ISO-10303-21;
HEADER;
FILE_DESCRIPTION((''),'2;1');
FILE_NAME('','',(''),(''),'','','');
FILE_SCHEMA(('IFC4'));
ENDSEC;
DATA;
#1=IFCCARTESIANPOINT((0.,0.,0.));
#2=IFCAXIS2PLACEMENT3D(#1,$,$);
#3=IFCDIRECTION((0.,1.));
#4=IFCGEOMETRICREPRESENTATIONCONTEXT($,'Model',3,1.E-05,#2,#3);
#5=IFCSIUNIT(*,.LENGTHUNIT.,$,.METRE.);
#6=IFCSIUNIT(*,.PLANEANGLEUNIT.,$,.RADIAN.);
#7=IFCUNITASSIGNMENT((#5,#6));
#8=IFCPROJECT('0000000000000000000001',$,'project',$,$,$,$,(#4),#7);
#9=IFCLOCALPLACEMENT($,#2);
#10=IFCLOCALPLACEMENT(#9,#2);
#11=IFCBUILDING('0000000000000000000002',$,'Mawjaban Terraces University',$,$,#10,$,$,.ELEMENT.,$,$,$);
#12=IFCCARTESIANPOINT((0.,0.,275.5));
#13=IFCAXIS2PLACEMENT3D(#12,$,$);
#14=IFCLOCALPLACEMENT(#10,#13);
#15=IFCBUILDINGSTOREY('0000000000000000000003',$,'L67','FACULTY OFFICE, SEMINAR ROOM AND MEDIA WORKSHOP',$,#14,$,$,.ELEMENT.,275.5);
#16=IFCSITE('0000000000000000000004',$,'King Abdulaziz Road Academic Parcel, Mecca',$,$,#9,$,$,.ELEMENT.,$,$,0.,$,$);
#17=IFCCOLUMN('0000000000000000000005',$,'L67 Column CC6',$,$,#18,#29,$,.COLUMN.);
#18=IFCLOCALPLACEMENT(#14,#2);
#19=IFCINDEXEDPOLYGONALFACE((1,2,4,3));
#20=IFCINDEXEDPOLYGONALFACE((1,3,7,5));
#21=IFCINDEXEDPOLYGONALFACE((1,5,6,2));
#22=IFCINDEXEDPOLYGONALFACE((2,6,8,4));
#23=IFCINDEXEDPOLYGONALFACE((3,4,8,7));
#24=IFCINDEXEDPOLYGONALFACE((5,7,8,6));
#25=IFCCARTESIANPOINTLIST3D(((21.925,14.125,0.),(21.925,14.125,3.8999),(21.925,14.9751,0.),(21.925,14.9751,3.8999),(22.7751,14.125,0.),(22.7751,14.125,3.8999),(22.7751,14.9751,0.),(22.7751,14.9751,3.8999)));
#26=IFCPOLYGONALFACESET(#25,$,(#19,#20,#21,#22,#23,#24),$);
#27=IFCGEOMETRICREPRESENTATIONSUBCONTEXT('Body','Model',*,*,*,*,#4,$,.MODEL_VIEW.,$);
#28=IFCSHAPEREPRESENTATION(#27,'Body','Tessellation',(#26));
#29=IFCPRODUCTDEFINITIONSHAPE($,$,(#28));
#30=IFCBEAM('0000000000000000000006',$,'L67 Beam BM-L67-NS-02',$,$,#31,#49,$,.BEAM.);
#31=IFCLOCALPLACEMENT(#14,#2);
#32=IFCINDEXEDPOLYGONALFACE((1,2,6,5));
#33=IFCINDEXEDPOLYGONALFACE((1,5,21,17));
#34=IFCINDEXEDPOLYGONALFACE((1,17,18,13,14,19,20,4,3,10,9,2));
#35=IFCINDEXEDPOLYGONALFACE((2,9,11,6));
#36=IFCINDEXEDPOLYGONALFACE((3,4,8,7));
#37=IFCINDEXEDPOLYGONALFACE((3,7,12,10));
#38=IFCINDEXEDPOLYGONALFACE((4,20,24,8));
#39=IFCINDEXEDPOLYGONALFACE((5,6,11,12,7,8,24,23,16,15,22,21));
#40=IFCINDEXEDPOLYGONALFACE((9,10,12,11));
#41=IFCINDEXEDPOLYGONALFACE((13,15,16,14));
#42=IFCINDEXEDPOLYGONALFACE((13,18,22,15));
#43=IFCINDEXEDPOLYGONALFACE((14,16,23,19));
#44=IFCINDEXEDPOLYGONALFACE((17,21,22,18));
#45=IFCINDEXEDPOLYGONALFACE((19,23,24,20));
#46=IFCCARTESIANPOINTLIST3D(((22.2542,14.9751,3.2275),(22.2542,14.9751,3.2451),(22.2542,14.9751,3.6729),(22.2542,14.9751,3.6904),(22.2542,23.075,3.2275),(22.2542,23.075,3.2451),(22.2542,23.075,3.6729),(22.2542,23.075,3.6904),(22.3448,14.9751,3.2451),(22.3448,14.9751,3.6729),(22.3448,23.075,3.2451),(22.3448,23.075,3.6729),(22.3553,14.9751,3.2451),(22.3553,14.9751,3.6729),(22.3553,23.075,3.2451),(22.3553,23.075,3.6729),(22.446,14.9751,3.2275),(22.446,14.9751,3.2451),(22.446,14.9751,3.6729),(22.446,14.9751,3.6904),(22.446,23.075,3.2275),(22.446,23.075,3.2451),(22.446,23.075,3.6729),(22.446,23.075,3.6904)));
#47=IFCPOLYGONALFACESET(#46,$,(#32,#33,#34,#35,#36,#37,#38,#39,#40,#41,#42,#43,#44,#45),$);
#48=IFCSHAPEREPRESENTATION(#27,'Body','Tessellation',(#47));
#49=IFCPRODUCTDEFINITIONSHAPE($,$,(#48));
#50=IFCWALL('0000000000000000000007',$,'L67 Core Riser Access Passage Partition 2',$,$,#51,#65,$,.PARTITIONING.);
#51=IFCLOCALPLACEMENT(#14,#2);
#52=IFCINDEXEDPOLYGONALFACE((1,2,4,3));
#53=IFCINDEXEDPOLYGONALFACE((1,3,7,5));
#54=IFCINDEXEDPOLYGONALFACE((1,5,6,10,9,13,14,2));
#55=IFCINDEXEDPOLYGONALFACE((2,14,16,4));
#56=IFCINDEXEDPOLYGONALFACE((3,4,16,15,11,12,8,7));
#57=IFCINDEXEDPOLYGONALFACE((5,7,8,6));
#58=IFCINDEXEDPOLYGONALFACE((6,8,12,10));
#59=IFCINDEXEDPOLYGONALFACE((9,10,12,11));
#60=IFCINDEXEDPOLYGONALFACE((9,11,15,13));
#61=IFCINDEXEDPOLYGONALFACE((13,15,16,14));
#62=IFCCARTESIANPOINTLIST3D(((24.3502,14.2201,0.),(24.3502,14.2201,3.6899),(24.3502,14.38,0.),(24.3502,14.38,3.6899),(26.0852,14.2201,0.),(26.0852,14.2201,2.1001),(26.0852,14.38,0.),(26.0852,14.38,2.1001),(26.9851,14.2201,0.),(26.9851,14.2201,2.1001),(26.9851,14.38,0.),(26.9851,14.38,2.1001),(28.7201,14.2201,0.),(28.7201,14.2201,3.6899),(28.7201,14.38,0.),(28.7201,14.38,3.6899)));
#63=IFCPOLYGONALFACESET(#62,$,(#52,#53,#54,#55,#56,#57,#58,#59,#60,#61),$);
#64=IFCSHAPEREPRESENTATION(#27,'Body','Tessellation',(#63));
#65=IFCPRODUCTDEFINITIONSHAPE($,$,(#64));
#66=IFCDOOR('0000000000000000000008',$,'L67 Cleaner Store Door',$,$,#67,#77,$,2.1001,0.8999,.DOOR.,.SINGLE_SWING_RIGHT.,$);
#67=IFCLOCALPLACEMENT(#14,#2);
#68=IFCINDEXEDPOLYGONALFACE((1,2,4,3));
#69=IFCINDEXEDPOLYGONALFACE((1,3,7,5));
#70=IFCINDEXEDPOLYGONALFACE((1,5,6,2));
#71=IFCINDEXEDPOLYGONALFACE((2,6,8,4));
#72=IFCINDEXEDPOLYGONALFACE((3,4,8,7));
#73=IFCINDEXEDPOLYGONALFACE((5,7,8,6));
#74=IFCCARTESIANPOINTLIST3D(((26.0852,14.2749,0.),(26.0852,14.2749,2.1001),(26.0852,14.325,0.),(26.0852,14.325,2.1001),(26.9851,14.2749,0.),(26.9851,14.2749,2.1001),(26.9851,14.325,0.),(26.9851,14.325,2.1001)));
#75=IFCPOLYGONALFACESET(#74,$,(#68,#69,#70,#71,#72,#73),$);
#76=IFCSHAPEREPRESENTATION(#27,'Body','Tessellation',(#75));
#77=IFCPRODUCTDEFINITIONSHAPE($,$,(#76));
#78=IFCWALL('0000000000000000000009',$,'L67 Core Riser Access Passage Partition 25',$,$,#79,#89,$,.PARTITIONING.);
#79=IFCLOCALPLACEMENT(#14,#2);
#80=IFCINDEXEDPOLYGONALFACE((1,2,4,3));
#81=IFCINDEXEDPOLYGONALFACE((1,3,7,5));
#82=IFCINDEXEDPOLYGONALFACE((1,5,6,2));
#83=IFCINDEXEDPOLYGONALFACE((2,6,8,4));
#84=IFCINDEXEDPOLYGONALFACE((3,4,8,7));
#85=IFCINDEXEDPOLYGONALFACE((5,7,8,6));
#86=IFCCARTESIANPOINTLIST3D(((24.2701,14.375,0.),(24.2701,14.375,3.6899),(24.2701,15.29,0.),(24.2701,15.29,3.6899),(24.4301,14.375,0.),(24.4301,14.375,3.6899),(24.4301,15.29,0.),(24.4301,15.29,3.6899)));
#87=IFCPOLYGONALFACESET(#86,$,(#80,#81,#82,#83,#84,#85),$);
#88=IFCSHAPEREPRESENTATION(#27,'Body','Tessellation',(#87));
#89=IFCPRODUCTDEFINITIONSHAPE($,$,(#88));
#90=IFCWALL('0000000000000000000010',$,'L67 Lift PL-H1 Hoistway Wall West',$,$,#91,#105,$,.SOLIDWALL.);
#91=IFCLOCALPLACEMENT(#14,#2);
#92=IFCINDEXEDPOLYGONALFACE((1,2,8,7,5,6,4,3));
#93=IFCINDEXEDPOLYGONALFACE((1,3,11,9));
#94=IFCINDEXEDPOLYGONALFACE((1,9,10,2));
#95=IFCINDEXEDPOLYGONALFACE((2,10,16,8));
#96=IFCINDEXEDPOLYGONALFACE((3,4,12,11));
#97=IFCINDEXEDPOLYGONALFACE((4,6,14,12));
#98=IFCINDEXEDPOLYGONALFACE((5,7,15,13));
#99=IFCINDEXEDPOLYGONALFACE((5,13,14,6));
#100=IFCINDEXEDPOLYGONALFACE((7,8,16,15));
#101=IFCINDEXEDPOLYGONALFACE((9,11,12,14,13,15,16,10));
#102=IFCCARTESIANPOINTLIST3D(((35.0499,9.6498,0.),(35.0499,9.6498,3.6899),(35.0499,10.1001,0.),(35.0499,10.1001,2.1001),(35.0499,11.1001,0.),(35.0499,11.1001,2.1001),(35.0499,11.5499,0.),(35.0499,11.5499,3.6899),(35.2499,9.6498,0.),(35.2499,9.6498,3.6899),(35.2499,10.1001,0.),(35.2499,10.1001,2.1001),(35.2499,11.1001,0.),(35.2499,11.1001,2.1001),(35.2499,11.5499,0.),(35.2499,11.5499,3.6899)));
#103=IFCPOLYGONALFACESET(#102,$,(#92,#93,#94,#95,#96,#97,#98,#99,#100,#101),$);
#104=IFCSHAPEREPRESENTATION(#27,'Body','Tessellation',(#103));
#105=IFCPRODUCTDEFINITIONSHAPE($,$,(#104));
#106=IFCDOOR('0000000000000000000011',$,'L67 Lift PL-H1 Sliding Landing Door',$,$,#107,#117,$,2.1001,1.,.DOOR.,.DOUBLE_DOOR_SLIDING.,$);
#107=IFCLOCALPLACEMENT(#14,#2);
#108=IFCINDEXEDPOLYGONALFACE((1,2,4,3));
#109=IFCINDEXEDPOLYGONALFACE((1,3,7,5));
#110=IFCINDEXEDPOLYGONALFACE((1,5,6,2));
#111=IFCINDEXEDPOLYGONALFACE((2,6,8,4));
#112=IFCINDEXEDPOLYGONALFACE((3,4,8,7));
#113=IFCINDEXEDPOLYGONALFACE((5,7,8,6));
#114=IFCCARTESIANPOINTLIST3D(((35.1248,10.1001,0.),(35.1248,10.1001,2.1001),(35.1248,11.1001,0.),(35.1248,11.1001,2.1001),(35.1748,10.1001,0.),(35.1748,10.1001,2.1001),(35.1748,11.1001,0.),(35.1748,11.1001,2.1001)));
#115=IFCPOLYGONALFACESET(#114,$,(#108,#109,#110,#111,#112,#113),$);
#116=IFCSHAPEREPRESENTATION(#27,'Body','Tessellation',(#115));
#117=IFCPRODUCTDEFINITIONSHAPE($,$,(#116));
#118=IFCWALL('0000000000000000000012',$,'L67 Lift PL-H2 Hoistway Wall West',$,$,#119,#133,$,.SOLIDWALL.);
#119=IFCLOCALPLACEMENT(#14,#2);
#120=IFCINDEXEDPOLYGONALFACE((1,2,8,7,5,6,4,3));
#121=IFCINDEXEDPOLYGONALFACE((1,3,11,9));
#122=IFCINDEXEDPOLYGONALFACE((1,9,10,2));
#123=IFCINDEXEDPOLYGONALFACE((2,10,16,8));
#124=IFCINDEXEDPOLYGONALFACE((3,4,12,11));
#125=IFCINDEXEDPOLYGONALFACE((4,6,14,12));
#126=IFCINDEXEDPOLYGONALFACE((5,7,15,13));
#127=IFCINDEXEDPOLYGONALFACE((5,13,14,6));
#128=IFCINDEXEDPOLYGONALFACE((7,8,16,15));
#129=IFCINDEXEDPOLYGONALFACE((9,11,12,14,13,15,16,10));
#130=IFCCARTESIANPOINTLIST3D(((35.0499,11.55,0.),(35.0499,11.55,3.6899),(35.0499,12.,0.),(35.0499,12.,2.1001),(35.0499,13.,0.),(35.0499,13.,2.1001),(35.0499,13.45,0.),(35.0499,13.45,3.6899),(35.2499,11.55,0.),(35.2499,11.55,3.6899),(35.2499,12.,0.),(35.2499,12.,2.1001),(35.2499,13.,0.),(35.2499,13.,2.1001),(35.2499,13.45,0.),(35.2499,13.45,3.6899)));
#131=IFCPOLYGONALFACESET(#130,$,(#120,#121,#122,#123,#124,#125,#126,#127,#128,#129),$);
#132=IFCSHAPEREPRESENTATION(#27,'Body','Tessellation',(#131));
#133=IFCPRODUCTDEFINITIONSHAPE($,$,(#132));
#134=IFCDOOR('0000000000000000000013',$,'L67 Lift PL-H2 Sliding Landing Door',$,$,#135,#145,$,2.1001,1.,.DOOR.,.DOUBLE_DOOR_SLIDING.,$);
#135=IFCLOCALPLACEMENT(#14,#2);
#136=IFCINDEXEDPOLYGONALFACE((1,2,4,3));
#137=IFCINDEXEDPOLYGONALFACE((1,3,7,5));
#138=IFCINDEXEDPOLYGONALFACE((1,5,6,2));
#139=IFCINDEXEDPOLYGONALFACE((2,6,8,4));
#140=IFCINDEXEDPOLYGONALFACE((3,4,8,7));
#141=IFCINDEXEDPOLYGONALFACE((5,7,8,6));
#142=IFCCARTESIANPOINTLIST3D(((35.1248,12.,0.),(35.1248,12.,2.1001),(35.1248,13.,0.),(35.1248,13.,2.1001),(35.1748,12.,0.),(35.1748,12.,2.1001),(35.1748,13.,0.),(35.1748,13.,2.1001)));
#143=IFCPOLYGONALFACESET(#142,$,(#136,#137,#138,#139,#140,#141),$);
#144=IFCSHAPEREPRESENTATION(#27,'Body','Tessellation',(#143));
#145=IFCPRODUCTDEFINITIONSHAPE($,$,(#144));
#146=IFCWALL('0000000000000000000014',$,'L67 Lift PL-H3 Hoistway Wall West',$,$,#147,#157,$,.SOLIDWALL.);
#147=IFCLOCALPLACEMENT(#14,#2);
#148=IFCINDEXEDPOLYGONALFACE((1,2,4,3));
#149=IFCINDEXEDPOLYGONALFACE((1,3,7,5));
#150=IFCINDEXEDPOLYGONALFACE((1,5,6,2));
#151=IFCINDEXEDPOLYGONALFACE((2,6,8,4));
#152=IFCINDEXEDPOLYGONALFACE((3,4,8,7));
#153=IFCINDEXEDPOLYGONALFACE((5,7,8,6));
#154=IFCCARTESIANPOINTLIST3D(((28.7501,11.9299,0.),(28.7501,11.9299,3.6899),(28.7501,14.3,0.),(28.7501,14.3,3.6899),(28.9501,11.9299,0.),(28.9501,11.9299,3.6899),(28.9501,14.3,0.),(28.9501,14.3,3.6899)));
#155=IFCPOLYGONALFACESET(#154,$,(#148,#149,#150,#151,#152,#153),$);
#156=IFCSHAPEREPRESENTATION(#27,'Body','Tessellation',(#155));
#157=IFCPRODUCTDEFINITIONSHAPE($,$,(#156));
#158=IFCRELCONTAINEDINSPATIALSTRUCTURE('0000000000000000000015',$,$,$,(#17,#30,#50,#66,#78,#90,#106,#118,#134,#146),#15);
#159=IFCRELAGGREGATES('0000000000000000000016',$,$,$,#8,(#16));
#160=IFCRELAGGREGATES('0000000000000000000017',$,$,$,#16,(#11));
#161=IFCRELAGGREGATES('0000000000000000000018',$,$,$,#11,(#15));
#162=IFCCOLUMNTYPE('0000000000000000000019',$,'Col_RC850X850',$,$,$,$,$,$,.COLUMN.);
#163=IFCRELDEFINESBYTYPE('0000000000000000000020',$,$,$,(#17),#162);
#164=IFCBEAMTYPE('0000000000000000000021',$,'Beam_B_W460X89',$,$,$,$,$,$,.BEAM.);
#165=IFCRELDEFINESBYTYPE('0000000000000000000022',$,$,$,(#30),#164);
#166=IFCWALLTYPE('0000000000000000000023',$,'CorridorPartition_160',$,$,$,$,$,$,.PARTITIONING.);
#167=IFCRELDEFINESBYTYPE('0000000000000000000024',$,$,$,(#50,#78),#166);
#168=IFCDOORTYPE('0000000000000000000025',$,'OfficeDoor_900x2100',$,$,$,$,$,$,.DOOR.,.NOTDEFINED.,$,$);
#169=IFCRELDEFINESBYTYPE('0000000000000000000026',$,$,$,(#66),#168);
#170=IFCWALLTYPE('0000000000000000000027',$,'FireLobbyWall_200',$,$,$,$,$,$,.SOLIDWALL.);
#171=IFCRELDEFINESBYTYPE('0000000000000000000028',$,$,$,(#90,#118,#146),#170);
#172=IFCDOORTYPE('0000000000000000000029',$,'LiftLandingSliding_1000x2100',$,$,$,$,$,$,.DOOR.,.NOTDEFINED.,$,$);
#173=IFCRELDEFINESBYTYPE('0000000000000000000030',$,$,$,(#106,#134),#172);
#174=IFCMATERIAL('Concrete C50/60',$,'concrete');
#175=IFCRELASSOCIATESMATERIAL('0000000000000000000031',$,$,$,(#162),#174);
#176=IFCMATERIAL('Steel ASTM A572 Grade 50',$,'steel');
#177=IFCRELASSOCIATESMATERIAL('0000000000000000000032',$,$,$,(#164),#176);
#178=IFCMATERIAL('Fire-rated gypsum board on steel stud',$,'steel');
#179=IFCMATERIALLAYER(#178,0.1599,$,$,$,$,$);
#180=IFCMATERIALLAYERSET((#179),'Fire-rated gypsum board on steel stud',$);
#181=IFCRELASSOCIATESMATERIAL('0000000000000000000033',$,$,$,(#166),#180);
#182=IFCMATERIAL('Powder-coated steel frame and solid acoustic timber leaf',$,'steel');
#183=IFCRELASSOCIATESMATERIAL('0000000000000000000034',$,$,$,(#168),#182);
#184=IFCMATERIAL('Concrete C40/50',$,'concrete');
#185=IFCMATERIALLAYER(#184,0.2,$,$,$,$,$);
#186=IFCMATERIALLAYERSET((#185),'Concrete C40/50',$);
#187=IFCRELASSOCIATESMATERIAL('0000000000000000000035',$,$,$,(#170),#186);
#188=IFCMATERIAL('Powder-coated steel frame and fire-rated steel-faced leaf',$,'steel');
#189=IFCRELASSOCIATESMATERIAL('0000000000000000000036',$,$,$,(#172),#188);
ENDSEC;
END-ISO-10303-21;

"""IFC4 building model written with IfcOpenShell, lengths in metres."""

from ifc_helpers import new_model, si_unit, direction, frame, frame_2d, origin, origin_2d, place, context, subcontext, project, spatial, rectangle, i_section, extrude, material, layer, layer_set, material_profile, profile_set, type_object, element, fill, save


model = new_model("IFC4")

# Units and contexts
model_context = context("Model", 3, precision=1e-05, world=origin(), true_north=direction((0.0, 1.0)))
body_context = subcontext(model_context, "Body", "Model", "MODEL_VIEW")
ifc_project = project(units=[si_unit("LENGTHUNIT", "METRE"), si_unit("PLANEANGLEUNIT", "RADIAN")], contexts=[model_context])

# Site, building, storey
site_placement = place(None, origin())
site = spatial("IfcSite", under=ifc_project, at=site_placement, Name="King Abdulaziz Road Academic Parcel, Mecca", CompositionType="ELEMENT", RefElevation=0.0)
building_placement = place(site_placement, origin())
building = spatial("IfcBuilding", under=site, at=building_placement, Name="Mawjaban Terraces University", CompositionType="ELEMENT")
storey_placement = place(building_placement, frame((0.0, 0.0, 275.5)))
storey = spatial("IfcBuildingStorey", under=building, at=storey_placement, Name="L67", Description="FACULTY OFFICE, SEMINAR ROOM AND MEDIA WORKSHOP", CompositionType="ELEMENT", Elevation=275.5)

# Column
ifc_material_1 = material(Name="Concrete C50/60", Category="concrete")
ifc_material_profile_1 = material_profile(ifc_material_1, rectangle(XDim=0.8501, YDim=0.8501, at=origin_2d()), Name="RC850X850")
ifc_profile_set_1 = profile_set([ifc_material_profile_1], Name="Concrete C50/60")
column_type = type_object("IfcColumnType", Name="Col_RC850X850", PredefinedType="COLUMN", material=ifc_profile_set_1)
column_placement = place(storey_placement, frame((22.3501, 14.55, 0.0), z_axis=(0.0, 0.0, 1.0), x_axis=(1.0, 0.0, 0.0)))
element("IfcColumn", 1, at=column_placement, inside=storey, type_object=column_type, Name="L67 Column CC6", PredefinedType="COLUMN", context=body_context, shape_type="SweptSolid", body=[
    extrude(rectangle(XDim=0.8501, YDim=0.8501, at=origin_2d()), origin(), (0.0, 0.0, 1.0), 3.8999),
])

# Beam
ifc_material_2 = material(Name="Steel ASTM A572 Grade 50", Category="steel")
ifc_material_profile_2 = material_profile(ifc_material_2, i_section(OverallWidth=0.1919, OverallDepth=0.4629, WebThickness=0.0105, FlangeThickness=0.0176, at=origin_2d()), Name="W460X89")
ifc_profile_set_2 = profile_set([ifc_material_profile_2], Name="Steel ASTM A572 Grade 50")
beam_type = type_object("IfcBeamType", Name="Beam_B_W460X89", PredefinedType="BEAM", material=ifc_profile_set_2)
beam_placement = place(storey_placement, frame((22.3501, 14.9751, 3.459), z_axis=(0.0, 1.0, 0.0), x_axis=(-1.0, 0.0, 0.0)))
element("IfcBeam", 2, at=beam_placement, inside=storey, type_object=beam_type, Name="L67 Beam BM-L67-NS-02", PredefinedType="BEAM", context=body_context, shape_type="SweptSolid", body=[
    extrude(i_section(OverallWidth=0.1919, OverallDepth=0.4629, WebThickness=0.0105, FlangeThickness=0.0176, at=origin_2d()), origin(), (0.0, 0.0, 1.0), 8.0999),
])

# Wall, opening, door
ifc_material_3 = material(Name="Fire-rated gypsum board on steel stud", Category="steel")
ifc_layer_1 = layer(ifc_material_3, 0.1599)
ifc_layer_set_1 = layer_set([ifc_layer_1], Name="Fire-rated gypsum board on steel stud")
wall_type_1 = type_object("IfcWallType", Name="CorridorPartition_160", PredefinedType="PARTITIONING", material=ifc_layer_set_1)
wall_1_placement = place(storey_placement, frame((24.3501, 14.3, 0.0), z_axis=(0.0, 0.0, 1.0), x_axis=(1.0, 0.0, 0.0)))
wall_1 = element("IfcWall", 3, at=wall_1_placement, inside=storey, type_object=wall_type_1, Name="L67 Core Riser Access Passage Partition 2", PredefinedType="PARTITIONING", context=body_context, shape_type="SweptSolid", body=[
    extrude(rectangle(XDim=4.3699, YDim=0.1599, at=frame_2d((2.1851, 0.0))), origin(), (0.0, 0.0, 1.0), 3.6899),
])
opening_1_placement = place(wall_1_placement, frame((1.7351, 0.0, 0.0)))
opening_1 = element("IfcOpeningElement", 4, at=opening_1_placement, cuts=wall_1, PredefinedType="OPENING", context=body_context, shape_type="SweptSolid", body=[
    extrude(rectangle(XDim=0.8999, YDim=2.1001, at=frame_2d((0.45, 1.05))), frame((0.0, 0.0898, 0.0), z_axis=(0.0, -1.0, 0.0), x_axis=(1.0, 0.0, 0.0)), (0.0, 0.0, 1.0), 0.1799),
])
ifc_material_4 = material(Name="Powder-coated steel frame and solid acoustic timber leaf", Category="steel")
door_type_1 = type_object("IfcDoorType", Name="OfficeDoor_900x2100", OperationType="NOTDEFINED", PredefinedType="DOOR", material=ifc_material_4)
door_1_placement = place(opening_1_placement, origin())
door_1 = element("IfcDoor", 5, at=door_1_placement, inside=storey, type_object=door_type_1, Name="L67 Cleaner Store Door", OperationType="SINGLE_SWING_RIGHT", OverallHeight=2.1001, OverallWidth=0.8999, PredefinedType="DOOR", context=body_context, shape_type="SweptSolid", body=[
    extrude(rectangle(XDim=0.8999, YDim=2.1001, at=frame_2d((0.45, 1.05))), frame((0.0, 0.0249, 0.0), z_axis=(0.0, -1.0, 0.0), x_axis=(1.0, 0.0, 0.0)), (0.0, 0.0, 1.0), 0.05),
])
fill(opening_1, door_1)

# Wall
wall_2_placement = place(storey_placement, frame((24.3501, 15.29, 0.0), z_axis=(0.0, 0.0, 1.0), x_axis=(0.0, -1.0, 0.0)))
element("IfcWall", 6, at=wall_2_placement, inside=storey, type_object=wall_type_1, Name="L67 Core Riser Access Passage Partition 25", PredefinedType="PARTITIONING", context=body_context, shape_type="SweptSolid", body=[
    extrude(rectangle(XDim=0.915, YDim=0.1599, at=frame_2d((0.4575, 0.0))), origin(), (0.0, 0.0, 1.0), 3.6899),
])

# Walls, openings, doors
ifc_material_5 = material(Name="Concrete C40/50", Category="concrete")
ifc_layer_2 = layer(ifc_material_5, 0.2)
ifc_layer_set_2 = layer_set([ifc_layer_2], Name="Concrete C40/50")
wall_type_2 = type_object("IfcWallType", Name="FireLobbyWall_200", PredefinedType="SOLIDWALL", material=ifc_layer_set_2)
wall_3_placement = place(storey_placement, frame((35.1499, 11.55, 0.0), z_axis=(0.0, 0.0, 1.0), x_axis=(0.0, -1.0, 0.0)))
wall_3 = element("IfcWall", 7, at=wall_3_placement, inside=storey, type_object=wall_type_2, Name="L67 Lift PL-H1 Hoistway Wall West", PredefinedType="SOLIDWALL", context=body_context, shape_type="SweptSolid", body=[
    extrude(rectangle(XDim=1.9001, YDim=0.2, at=frame_2d((0.9502, 0.0))), origin(), (0.0, 0.0, 1.0), 3.6899),
])
opening_2_placement = place(wall_3_placement, frame((0.45, 0.0, 0.0)))
opening_2 = element("IfcOpeningElement", 8, at=opening_2_placement, cuts=wall_3, PredefinedType="OPENING", context=body_context, shape_type="SweptSolid", body=[
    extrude(rectangle(XDim=1.0, YDim=2.1001, at=frame_2d((0.5, 1.05))), frame((0.0, 0.1099, 0.0), z_axis=(0.0, -1.0, 0.0), x_axis=(1.0, 0.0, 0.0)), (0.0, 0.0, 1.0), 0.22),
])
ifc_material_6 = material(Name="Powder-coated steel frame and fire-rated steel-faced leaf", Category="steel")
door_type_2 = type_object("IfcDoorType", Name="LiftLandingSliding_1000x2100", OperationType="NOTDEFINED", PredefinedType="DOOR", material=ifc_material_6)
door_2_placement = place(opening_2_placement, origin())
door_2 = element("IfcDoor", 9, at=door_2_placement, inside=storey, type_object=door_type_2, Name="L67 Lift PL-H1 Sliding Landing Door", OperationType="DOUBLE_DOOR_SLIDING", OverallHeight=2.1001, OverallWidth=1.0, PredefinedType="DOOR", context=body_context, shape_type="SweptSolid", body=[
    extrude(rectangle(XDim=1.0, YDim=2.1001, at=frame_2d((0.5, 1.05))), frame((0.0, 0.0249, 0.0), z_axis=(0.0, -1.0, 0.0), x_axis=(1.0, 0.0, 0.0)), (0.0, 0.0, 1.0), 0.05),
])
fill(opening_2, door_2)
wall_4_placement = place(storey_placement, frame((35.1499, 13.45, 0.0), z_axis=(0.0, 0.0, 1.0), x_axis=(0.0, -1.0, 0.0)))
wall_4 = element("IfcWall", 10, at=wall_4_placement, inside=storey, type_object=wall_type_2, Name="L67 Lift PL-H2 Hoistway Wall West", PredefinedType="SOLIDWALL", context=body_context, shape_type="SweptSolid", body=[
    extrude(rectangle(XDim=1.8999, YDim=0.2, at=frame_2d((0.95, 0.0))), origin(), (0.0, 0.0, 1.0), 3.6899),
])
opening_3_placement = place(wall_4_placement, frame((0.45, 0.0, 0.0)))
opening_3 = element("IfcOpeningElement", 11, at=opening_3_placement, cuts=wall_4, PredefinedType="OPENING", context=body_context, shape_type="SweptSolid", body=[
    extrude(rectangle(XDim=1.0, YDim=2.1001, at=frame_2d((0.5, 1.05))), frame((0.0, 0.1099, 0.0), z_axis=(0.0, -1.0, 0.0), x_axis=(1.0, 0.0, 0.0)), (0.0, 0.0, 1.0), 0.22),
])
door_3_placement = place(opening_3_placement, origin())
door_3 = element("IfcDoor", 12, at=door_3_placement, inside=storey, type_object=door_type_2, Name="L67 Lift PL-H2 Sliding Landing Door", OperationType="DOUBLE_DOOR_SLIDING", OverallHeight=2.1001, OverallWidth=1.0, PredefinedType="DOOR", context=body_context, shape_type="SweptSolid", body=[
    extrude(rectangle(XDim=1.0, YDim=2.1001, at=frame_2d((0.5, 1.05))), frame((0.0, 0.0249, 0.0), z_axis=(0.0, -1.0, 0.0), x_axis=(1.0, 0.0, 0.0)), (0.0, 0.0, 1.0), 0.05),
])
fill(opening_3, door_3)

# Wall
wall_5_placement = place(storey_placement, frame((28.8501, 14.3, 0.0), z_axis=(0.0, 0.0, 1.0), x_axis=(0.0, -1.0, 0.0)))
element("IfcWall", 13, at=wall_5_placement, inside=storey, type_object=wall_type_2, Name="L67 Lift PL-H3 Hoistway Wall West", PredefinedType="SOLIDWALL", context=body_context, shape_type="SweptSolid", body=[
    extrude(rectangle(XDim=2.3701, YDim=0.2, at=frame_2d((1.1851, 0.0))), origin(), (0.0, 0.0, 1.0), 3.6899),
])

save(model, "model.ifc")
